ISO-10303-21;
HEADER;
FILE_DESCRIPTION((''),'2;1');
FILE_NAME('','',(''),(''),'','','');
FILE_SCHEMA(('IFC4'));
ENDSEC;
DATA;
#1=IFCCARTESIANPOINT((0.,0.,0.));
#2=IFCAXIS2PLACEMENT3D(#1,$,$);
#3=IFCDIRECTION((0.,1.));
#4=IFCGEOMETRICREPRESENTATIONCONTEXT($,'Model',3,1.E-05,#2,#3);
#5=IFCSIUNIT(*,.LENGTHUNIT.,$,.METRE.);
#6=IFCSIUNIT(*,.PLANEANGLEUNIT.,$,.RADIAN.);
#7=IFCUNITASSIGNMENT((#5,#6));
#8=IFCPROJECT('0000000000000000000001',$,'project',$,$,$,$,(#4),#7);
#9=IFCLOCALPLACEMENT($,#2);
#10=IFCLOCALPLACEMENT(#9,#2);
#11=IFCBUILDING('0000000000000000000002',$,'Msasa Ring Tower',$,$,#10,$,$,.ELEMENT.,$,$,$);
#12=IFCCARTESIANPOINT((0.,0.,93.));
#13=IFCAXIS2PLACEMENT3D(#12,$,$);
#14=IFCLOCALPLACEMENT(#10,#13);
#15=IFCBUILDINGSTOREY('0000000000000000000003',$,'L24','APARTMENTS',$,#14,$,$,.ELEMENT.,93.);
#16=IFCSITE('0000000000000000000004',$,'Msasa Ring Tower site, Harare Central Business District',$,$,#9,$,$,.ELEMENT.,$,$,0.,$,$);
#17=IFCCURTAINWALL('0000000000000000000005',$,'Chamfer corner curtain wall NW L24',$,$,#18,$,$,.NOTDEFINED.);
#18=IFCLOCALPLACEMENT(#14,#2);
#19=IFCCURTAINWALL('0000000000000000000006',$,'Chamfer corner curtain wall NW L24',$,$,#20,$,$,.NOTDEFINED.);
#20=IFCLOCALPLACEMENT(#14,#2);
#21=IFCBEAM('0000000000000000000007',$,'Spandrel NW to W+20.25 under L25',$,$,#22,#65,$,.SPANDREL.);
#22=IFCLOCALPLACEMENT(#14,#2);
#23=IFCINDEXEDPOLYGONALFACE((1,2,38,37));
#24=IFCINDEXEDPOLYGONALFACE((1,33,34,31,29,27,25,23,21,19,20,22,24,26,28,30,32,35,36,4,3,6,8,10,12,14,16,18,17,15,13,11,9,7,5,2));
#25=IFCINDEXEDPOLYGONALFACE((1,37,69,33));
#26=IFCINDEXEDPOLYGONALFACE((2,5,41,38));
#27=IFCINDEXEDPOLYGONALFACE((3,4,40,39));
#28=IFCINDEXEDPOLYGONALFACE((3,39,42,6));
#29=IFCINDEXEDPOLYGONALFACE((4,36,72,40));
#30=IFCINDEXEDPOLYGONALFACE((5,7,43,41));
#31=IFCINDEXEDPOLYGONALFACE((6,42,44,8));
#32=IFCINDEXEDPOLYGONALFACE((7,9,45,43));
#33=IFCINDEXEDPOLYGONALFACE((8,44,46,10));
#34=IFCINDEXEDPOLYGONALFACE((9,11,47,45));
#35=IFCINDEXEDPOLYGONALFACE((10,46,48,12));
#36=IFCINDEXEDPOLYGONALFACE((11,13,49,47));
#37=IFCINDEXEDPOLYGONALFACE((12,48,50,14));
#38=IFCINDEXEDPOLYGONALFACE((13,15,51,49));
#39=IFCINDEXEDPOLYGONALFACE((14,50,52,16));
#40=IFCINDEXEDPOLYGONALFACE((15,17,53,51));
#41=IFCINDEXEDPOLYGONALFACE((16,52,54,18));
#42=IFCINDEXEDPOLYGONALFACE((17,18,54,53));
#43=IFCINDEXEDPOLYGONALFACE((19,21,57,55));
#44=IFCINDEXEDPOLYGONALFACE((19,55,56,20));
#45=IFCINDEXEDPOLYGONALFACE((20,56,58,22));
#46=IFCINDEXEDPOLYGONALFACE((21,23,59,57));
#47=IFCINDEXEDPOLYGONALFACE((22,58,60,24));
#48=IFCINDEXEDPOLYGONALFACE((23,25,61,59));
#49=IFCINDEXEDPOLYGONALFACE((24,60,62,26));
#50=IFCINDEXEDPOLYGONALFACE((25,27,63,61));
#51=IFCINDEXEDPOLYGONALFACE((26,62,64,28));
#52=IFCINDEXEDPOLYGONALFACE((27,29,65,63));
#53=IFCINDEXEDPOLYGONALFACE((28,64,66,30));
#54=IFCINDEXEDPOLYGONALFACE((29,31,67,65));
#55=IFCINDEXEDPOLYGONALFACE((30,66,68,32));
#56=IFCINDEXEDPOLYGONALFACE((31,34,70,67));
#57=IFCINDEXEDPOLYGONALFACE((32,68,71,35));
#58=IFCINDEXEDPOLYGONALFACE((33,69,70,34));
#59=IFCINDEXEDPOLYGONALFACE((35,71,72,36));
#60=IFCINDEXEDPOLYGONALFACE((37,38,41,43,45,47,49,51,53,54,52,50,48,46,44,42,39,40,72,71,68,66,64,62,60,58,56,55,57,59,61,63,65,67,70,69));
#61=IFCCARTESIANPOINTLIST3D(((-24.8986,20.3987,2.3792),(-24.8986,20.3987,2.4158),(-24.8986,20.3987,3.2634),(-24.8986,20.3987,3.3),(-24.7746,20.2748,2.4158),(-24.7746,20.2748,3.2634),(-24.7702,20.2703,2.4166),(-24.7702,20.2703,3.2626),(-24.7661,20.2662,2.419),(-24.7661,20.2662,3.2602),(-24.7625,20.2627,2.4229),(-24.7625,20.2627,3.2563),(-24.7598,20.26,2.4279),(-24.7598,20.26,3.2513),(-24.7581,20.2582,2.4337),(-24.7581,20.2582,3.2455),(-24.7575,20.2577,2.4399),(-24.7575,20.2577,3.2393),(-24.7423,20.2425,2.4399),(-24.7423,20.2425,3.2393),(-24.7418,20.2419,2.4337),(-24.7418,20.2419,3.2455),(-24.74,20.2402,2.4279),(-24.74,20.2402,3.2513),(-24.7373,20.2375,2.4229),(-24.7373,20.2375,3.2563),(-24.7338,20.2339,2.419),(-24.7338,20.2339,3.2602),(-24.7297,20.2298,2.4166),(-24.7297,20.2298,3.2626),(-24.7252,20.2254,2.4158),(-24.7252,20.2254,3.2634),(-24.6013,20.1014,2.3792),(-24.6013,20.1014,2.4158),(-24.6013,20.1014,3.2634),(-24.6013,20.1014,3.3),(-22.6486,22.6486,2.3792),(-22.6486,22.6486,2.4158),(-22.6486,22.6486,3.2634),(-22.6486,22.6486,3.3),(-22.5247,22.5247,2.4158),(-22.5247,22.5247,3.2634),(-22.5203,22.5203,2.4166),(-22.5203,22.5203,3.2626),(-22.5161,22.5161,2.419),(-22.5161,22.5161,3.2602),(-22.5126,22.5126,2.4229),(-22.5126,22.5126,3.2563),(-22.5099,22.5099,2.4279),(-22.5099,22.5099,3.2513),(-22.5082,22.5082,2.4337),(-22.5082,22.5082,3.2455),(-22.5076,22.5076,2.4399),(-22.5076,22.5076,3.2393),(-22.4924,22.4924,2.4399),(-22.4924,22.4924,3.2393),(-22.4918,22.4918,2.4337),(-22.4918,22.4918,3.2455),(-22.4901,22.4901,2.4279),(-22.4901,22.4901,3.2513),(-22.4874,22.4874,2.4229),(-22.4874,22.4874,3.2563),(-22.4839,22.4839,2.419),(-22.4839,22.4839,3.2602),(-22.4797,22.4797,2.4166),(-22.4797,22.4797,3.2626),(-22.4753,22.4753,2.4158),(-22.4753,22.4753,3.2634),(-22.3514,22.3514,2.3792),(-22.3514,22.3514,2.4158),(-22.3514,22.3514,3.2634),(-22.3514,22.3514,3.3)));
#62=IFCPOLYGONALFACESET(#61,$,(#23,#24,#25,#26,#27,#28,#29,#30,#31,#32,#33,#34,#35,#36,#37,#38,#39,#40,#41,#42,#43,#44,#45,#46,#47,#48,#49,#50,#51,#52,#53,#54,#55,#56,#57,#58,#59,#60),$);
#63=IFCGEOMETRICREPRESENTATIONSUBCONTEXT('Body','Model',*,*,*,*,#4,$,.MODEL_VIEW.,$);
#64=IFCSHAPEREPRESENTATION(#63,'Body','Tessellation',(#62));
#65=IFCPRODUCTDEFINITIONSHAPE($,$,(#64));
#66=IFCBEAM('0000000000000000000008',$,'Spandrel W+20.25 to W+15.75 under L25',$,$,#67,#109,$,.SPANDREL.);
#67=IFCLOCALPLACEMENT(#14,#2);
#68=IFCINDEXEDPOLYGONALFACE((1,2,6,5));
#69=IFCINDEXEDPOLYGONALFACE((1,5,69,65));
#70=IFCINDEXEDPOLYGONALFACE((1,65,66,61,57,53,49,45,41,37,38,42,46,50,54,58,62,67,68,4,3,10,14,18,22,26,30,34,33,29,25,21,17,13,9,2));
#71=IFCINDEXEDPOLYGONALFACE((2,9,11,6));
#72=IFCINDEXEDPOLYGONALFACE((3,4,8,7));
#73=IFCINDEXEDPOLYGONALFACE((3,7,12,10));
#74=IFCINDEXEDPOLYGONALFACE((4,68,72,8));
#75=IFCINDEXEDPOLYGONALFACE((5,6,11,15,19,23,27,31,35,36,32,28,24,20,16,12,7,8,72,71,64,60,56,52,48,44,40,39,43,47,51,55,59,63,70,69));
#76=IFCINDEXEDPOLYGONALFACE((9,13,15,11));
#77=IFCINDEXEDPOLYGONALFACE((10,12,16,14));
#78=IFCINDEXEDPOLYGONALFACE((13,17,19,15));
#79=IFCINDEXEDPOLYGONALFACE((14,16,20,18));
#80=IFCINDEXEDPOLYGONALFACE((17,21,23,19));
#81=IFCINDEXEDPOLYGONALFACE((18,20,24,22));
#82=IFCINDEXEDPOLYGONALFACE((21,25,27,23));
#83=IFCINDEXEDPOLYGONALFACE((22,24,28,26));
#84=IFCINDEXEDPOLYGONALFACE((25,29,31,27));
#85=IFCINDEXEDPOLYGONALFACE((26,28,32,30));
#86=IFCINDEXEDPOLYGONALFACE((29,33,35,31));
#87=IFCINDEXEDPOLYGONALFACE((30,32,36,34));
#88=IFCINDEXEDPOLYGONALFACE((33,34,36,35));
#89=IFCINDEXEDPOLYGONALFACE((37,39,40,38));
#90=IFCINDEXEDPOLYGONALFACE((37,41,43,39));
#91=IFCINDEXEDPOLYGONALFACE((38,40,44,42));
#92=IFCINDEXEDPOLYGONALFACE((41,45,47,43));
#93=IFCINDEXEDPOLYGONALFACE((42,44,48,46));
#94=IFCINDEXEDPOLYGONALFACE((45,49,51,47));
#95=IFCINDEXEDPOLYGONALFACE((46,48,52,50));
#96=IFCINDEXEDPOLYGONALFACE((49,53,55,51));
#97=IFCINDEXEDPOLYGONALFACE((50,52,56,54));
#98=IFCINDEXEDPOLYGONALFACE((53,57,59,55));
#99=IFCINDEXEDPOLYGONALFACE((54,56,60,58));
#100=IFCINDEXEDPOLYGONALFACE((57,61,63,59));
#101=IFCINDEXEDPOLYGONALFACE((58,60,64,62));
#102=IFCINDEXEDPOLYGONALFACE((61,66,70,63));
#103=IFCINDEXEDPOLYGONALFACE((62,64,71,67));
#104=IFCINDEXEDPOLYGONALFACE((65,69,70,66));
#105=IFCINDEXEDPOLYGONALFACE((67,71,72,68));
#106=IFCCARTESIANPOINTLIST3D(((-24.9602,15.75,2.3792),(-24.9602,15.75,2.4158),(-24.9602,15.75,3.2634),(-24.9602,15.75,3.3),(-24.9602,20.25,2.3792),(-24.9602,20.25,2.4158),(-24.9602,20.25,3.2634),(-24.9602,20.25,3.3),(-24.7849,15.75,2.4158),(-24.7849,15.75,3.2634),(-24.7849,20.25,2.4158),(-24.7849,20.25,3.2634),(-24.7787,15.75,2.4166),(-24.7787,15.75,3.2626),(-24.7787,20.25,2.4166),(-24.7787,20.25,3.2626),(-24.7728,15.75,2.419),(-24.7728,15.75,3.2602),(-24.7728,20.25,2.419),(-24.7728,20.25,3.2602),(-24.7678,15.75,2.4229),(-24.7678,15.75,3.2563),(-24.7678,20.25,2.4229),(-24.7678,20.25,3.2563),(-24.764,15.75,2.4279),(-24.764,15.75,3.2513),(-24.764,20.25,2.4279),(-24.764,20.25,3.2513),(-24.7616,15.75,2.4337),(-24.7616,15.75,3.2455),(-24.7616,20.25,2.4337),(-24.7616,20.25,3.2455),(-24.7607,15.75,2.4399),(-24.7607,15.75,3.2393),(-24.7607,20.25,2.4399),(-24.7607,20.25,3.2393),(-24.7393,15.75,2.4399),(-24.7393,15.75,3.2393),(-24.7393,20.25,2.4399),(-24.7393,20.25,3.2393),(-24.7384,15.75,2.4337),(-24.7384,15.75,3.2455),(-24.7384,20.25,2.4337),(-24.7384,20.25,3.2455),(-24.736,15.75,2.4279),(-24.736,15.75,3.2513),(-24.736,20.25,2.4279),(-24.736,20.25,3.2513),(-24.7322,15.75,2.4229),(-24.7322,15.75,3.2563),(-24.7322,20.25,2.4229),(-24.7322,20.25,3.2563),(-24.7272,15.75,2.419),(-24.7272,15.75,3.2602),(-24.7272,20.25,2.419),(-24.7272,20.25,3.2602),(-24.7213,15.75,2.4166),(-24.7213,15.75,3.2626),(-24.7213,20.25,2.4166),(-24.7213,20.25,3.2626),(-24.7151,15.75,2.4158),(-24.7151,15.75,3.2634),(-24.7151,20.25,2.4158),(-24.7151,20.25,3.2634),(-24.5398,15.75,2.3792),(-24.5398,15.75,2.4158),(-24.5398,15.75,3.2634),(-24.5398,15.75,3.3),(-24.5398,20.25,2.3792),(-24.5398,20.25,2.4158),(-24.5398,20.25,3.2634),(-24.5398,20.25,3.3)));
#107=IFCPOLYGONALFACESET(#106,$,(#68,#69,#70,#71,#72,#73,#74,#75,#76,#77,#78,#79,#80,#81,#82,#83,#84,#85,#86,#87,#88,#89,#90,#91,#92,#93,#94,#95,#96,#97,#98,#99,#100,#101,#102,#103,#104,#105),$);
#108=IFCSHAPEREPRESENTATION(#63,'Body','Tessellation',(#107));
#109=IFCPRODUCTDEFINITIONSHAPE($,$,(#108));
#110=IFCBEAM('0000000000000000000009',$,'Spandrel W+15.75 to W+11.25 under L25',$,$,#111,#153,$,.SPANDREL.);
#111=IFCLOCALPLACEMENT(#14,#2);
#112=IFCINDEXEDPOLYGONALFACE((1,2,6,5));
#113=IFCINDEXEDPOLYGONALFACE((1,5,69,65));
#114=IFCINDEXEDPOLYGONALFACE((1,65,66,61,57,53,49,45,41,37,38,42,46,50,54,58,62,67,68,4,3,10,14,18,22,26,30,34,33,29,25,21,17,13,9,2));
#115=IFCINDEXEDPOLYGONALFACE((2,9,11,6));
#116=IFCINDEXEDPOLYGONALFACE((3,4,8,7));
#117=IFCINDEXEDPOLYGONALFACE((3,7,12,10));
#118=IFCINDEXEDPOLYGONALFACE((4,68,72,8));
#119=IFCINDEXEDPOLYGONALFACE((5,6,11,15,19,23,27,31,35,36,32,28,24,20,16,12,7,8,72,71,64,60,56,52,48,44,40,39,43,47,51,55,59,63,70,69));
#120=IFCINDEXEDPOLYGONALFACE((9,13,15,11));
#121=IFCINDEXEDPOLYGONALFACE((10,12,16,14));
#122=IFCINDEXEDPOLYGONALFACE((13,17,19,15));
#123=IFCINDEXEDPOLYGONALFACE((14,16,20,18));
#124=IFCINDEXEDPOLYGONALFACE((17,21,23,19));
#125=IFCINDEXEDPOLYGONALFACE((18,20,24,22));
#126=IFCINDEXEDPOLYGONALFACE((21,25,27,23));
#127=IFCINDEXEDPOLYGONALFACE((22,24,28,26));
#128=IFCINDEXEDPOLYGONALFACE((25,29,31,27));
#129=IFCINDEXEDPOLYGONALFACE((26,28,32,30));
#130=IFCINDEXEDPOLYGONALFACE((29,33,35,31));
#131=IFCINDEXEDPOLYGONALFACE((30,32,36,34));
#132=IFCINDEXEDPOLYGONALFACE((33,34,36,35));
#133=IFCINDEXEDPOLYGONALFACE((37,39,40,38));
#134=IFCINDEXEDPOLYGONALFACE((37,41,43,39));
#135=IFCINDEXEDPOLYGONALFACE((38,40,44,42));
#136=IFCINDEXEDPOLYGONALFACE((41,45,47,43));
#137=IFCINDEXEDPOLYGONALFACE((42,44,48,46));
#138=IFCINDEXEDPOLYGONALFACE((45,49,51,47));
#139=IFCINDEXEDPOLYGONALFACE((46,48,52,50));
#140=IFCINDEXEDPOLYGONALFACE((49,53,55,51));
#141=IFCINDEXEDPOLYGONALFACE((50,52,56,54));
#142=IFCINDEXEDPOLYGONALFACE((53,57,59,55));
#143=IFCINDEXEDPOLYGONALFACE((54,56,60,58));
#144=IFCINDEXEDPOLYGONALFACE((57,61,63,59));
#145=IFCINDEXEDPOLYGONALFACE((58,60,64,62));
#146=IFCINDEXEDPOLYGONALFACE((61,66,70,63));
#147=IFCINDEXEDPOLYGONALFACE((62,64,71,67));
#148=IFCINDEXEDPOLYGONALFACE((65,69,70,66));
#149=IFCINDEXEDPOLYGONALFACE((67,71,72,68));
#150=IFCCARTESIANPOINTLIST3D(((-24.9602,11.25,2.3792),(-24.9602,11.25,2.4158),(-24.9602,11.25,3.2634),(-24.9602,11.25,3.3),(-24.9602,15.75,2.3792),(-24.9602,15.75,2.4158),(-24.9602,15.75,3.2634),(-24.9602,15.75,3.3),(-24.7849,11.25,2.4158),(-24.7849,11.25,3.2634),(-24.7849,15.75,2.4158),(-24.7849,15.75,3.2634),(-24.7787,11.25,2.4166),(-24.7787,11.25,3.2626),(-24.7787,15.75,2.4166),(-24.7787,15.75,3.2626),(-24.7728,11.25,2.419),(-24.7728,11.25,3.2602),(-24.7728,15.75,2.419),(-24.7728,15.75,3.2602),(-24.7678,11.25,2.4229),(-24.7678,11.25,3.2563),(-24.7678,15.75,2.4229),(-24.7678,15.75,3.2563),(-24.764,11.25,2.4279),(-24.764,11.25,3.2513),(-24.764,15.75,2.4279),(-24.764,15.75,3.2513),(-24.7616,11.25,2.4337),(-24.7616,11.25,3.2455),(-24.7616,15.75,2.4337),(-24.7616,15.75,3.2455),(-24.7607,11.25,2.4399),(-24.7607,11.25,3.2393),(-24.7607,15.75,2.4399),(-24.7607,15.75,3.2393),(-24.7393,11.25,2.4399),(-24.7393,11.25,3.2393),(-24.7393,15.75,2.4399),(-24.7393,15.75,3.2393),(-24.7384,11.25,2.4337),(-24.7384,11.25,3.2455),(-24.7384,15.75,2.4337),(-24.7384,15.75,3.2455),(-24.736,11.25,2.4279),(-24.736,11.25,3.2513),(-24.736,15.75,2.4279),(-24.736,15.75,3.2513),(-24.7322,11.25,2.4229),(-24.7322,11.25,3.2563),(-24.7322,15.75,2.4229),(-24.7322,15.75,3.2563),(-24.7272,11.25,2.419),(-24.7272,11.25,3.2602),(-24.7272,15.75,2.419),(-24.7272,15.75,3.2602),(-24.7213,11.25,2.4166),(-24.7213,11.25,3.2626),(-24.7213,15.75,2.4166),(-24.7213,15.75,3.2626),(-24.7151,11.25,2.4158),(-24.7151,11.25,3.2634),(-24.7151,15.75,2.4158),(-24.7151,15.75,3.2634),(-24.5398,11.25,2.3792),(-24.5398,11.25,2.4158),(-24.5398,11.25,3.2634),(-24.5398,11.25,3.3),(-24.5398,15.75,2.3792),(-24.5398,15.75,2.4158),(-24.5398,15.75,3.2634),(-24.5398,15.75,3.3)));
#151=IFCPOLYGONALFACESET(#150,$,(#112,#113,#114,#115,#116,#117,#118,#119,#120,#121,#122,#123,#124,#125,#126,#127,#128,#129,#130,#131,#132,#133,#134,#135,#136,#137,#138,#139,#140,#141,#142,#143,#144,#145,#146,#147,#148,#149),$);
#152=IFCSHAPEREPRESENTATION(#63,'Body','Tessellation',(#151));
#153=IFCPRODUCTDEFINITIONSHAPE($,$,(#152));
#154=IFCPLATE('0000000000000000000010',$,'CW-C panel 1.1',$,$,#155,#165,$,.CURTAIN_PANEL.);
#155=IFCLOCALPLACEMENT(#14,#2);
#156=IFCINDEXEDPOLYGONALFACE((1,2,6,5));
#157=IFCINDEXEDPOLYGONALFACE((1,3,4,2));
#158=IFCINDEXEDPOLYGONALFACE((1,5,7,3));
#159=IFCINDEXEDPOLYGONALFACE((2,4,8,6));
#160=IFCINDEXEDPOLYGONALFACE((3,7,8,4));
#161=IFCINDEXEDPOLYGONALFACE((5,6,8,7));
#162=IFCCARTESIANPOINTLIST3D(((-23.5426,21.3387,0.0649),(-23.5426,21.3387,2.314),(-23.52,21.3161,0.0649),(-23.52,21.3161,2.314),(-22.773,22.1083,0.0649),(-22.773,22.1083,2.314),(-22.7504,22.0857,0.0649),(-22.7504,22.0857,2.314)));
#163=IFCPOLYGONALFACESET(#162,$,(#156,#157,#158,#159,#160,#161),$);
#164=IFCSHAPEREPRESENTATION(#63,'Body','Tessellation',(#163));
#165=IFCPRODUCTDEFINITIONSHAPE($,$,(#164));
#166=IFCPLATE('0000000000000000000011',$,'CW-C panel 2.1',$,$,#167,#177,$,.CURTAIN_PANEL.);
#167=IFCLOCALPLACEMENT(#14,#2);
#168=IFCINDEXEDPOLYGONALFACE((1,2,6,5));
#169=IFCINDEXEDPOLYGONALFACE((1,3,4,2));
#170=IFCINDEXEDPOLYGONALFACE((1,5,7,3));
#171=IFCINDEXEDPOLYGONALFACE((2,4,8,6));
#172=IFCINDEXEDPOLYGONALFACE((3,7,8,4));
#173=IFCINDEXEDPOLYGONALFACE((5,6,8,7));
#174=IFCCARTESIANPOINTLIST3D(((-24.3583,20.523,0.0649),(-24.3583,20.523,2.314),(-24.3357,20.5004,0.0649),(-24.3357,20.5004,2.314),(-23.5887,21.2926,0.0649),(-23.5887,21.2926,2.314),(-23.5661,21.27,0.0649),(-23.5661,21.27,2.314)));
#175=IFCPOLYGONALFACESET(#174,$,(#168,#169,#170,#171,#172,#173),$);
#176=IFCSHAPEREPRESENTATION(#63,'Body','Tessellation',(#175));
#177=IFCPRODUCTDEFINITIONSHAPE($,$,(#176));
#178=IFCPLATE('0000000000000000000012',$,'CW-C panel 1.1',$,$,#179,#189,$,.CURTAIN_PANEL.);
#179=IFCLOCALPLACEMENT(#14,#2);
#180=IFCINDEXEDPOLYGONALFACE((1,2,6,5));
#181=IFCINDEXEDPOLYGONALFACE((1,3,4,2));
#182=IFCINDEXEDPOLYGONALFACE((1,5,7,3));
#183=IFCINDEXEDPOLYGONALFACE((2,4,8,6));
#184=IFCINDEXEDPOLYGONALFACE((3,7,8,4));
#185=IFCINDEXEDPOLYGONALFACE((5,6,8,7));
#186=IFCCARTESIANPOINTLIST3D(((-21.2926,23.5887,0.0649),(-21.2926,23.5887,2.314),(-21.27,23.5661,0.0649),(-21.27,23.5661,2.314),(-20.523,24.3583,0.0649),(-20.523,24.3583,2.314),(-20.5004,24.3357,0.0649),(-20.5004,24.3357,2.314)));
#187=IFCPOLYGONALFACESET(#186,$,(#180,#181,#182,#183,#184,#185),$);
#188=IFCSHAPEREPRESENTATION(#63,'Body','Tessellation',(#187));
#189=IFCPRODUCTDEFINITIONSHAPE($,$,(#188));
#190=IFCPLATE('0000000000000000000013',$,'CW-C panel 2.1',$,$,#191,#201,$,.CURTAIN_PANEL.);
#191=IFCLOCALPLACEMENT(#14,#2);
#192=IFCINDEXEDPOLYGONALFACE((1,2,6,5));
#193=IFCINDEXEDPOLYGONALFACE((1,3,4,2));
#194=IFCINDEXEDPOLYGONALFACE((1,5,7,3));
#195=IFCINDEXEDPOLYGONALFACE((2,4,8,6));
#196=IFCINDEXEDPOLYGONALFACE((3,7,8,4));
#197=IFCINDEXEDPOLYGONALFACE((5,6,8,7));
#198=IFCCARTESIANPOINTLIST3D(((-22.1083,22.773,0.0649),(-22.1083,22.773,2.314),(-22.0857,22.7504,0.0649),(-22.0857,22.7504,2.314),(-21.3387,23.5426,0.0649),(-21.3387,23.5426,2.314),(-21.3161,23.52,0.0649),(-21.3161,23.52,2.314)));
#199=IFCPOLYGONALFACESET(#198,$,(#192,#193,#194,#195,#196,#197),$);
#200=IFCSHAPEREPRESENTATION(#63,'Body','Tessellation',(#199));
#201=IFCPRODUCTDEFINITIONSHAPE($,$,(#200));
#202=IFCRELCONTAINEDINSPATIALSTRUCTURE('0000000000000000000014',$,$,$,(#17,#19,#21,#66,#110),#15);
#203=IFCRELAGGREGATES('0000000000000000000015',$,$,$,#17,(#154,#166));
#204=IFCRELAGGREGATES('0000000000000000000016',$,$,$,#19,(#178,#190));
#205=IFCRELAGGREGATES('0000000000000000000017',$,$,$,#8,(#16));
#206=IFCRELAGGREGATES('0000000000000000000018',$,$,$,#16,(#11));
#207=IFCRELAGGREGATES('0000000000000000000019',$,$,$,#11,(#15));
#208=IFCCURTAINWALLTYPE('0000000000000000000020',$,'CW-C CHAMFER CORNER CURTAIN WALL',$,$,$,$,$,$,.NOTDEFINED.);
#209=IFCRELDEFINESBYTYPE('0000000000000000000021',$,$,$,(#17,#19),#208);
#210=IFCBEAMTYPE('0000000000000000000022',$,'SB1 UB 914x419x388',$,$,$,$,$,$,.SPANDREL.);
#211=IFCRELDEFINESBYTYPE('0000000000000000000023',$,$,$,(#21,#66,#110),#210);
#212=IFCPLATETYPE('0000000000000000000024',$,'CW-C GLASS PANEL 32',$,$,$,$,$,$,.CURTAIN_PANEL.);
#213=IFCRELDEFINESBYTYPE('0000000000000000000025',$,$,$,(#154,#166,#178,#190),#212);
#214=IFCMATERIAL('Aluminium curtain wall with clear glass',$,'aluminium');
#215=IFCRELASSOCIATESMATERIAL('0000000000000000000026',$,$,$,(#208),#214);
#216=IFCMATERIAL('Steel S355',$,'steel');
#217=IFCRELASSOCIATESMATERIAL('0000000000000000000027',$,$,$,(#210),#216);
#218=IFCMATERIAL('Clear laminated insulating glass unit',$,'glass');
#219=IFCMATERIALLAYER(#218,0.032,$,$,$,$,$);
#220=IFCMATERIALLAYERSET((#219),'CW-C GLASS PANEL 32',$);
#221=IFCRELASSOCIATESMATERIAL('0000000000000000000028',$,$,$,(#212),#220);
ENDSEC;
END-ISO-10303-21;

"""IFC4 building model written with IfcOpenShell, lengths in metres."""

from ifc_helpers import new_model, si_unit, direction, frame, origin, origin_2d, place, context, subcontext, project, spatial, rectangle, i_section, extrude, material, layer, layer_set, material_profile, profile_set, type_object, element, aggregate, save


model = new_model("IFC4")

# Units and contexts
model_context = context("Model", 3, precision=1e-05, world=origin(), true_north=direction((0.0, 1.0)))
body_context = subcontext(model_context, "Body", "Model", "MODEL_VIEW")
ifc_project = project(units=[si_unit("LENGTHUNIT", "METRE"), si_unit("PLANEANGLEUNIT", "RADIAN")], contexts=[model_context])

# Site, building, storey
site_placement = place(None, origin())
site = spatial("IfcSite", under=ifc_project, at=site_placement, Name="Msasa Ring Tower site, Harare Central Business District", CompositionType="ELEMENT", RefElevation=0.0)
building_placement = place(site_placement, origin())
building = spatial("IfcBuilding", under=site, at=building_placement, Name="Msasa Ring Tower", CompositionType="ELEMENT")
storey_placement = place(building_placement, frame((0.0, 0.0, 93.0)))
storey = spatial("IfcBuildingStorey", under=building, at=storey_placement, Name="L24", Description="APARTMENTS", CompositionType="ELEMENT", Elevation=93.0)

# Curtain walls
ifc_material_1 = material(Name="Aluminium curtain wall with clear glass", Category="aluminium")
curtain_wall_type = type_object("IfcCurtainWallType", Name="CW-C CHAMFER CORNER CURTAIN WALL", PredefinedType="NOTDEFINED", material=ifc_material_1)
curtain_wall_1_placement = place(storey_placement, origin())
curtain_wall_1 = element("IfcCurtainWall", 1, at=curtain_wall_1_placement, inside=storey, type_object=curtain_wall_type, Name="Chamfer corner curtain wall NW L24", PredefinedType="NOTDEFINED")
curtain_wall_2_placement = place(storey_placement, origin())
curtain_wall_2 = element("IfcCurtainWall", 2, at=curtain_wall_2_placement, inside=storey, type_object=curtain_wall_type, Name="Chamfer corner curtain wall NW L24", PredefinedType="NOTDEFINED")

# Beams
ifc_material_2 = material(Name="Steel S355", Category="steel")
ifc_material_profile_1 = material_profile(ifc_material_2, i_section(OverallWidth=0.4204, OverallDepth=0.9209, WebThickness=0.0215, FlangeThickness=0.0366, FilletRadius=0.0242, at=origin_2d()), Name="UB 914x419x388")
ifc_profile_set_1 = profile_set([ifc_material_profile_1], Name="Steel S355")
beam_type_1 = type_object("IfcBeamType", Name="SB1 UB 914x419x388", PredefinedType="SPANDREL", material=ifc_profile_set_1)
for number, where, z_axis, x_axis, name in (
    (3, (-22.5, 22.5, 2.8396), (-0.707107, -0.707107, 0.0), (0.707107, -0.707107, 0.0), "Spandrel NW to W+20.25 under L25"),
):
    element("IfcBeam", number, at=place(storey_placement, frame(where, z_axis=z_axis, x_axis=x_axis)), inside=storey, type_object=beam_type_1, Name=name, PredefinedType="SPANDREL", context=body_context, shape_type="SweptSolid", body=[
        extrude(i_section(OverallWidth=0.4204, OverallDepth=0.9209, WebThickness=0.0215, FlangeThickness=0.0366, FilletRadius=0.0242, at=origin_2d()), origin(), (0.0, 0.0, 1.0), 3.1819),
    ])
for number, where, z_axis, x_axis, name in (
    (4, (-24.75, 20.25, 2.8396), (0.0, -1.0, 0.0), (1.0, 0.0, 0.0), "Spandrel W+20.25 to W+15.75 under L25"),
    (5, (-24.75, 15.75, 2.8396), (0.0, -1.0, 0.0), (1.0, 0.0, 0.0), "Spandrel W+15.75 to W+11.25 under L25"),
):
    element("IfcBeam", number, at=place(storey_placement, frame(where, z_axis=z_axis, x_axis=x_axis)), inside=storey, type_object=beam_type_1, Name=name, PredefinedType="SPANDREL", context=body_context, shape_type="SweptSolid", body=[
        extrude(i_section(OverallWidth=0.4204, OverallDepth=0.9209, WebThickness=0.0215, FlangeThickness=0.0366, FilletRadius=0.0242, at=origin_2d()), origin(), (0.0, 0.0, 1.0), 4.5),
    ])

# Plates
ifc_material_3 = material(Name="Clear laminated insulating glass unit", Category="glass")
ifc_layer_1 = layer(ifc_material_3, 0.032)
ifc_layer_set_1 = layer_set([ifc_layer_1], Name="CW-C GLASS PANEL 32")
plate_type = type_object("IfcPlateType", Name="CW-C GLASS PANEL 32", PredefinedType="CURTAIN_PANEL", material=ifc_layer_set_1)
plate_1_placement = place(storey_placement, frame((-23.1465, 21.7122, 0.0649), z_axis=(0.0, 0.0, 1.0), x_axis=(-0.707107, -0.707107, 0.0)))
plate_1 = element("IfcPlate", 6, at=plate_1_placement, type_object=plate_type, Name="CW-C panel 1.1", PredefinedType="CURTAIN_PANEL", context=body_context, shape_type="SweptSolid", body=[
    extrude(rectangle(XDim=1.0884, YDim=0.032, at=origin_2d()), origin(), (0.0, 0.0, 1.0), 2.249),
])
plate_2_placement = place(storey_placement, frame((-23.9622, 20.8965, 0.0649), z_axis=(0.0, 0.0, 1.0), x_axis=(-0.707107, -0.707107, 0.0)))
plate_2 = element("IfcPlate", 7, at=plate_2_placement, type_object=plate_type, Name="CW-C panel 2.1", PredefinedType="CURTAIN_PANEL", context=body_context, shape_type="SweptSolid", body=[
    extrude(rectangle(XDim=1.0884, YDim=0.032, at=origin_2d()), origin(), (0.0, 0.0, 1.0), 2.249),
])
aggregate(curtain_wall_1, [plate_1, plate_2])
plate_3_placement = place(storey_placement, frame((-20.8965, 23.9622, 0.0649), z_axis=(0.0, 0.0, 1.0), x_axis=(-0.707107, -0.707107, 0.0)))
plate_3 = element("IfcPlate", 8, at=plate_3_placement, type_object=plate_type, Name="CW-C panel 1.1", PredefinedType="CURTAIN_PANEL", context=body_context, shape_type="SweptSolid", body=[
    extrude(rectangle(XDim=1.0884, YDim=0.032, at=origin_2d()), origin(), (0.0, 0.0, 1.0), 2.249),
])
plate_4_placement = place(storey_placement, frame((-21.7122, 23.1465, 0.0649), z_axis=(0.0, 0.0, 1.0), x_axis=(-0.707107, -0.707107, 0.0)))
plate_4 = element("IfcPlate", 9, at=plate_4_placement, type_object=plate_type, Name="CW-C panel 2.1", PredefinedType="CURTAIN_PANEL", context=body_context, shape_type="SweptSolid", body=[
    extrude(rectangle(XDim=1.0884, YDim=0.032, at=origin_2d()), origin(), (0.0, 0.0, 1.0), 2.249),
])
aggregate(curtain_wall_2, [plate_3, plate_4])

save(model, "model.ifc")
